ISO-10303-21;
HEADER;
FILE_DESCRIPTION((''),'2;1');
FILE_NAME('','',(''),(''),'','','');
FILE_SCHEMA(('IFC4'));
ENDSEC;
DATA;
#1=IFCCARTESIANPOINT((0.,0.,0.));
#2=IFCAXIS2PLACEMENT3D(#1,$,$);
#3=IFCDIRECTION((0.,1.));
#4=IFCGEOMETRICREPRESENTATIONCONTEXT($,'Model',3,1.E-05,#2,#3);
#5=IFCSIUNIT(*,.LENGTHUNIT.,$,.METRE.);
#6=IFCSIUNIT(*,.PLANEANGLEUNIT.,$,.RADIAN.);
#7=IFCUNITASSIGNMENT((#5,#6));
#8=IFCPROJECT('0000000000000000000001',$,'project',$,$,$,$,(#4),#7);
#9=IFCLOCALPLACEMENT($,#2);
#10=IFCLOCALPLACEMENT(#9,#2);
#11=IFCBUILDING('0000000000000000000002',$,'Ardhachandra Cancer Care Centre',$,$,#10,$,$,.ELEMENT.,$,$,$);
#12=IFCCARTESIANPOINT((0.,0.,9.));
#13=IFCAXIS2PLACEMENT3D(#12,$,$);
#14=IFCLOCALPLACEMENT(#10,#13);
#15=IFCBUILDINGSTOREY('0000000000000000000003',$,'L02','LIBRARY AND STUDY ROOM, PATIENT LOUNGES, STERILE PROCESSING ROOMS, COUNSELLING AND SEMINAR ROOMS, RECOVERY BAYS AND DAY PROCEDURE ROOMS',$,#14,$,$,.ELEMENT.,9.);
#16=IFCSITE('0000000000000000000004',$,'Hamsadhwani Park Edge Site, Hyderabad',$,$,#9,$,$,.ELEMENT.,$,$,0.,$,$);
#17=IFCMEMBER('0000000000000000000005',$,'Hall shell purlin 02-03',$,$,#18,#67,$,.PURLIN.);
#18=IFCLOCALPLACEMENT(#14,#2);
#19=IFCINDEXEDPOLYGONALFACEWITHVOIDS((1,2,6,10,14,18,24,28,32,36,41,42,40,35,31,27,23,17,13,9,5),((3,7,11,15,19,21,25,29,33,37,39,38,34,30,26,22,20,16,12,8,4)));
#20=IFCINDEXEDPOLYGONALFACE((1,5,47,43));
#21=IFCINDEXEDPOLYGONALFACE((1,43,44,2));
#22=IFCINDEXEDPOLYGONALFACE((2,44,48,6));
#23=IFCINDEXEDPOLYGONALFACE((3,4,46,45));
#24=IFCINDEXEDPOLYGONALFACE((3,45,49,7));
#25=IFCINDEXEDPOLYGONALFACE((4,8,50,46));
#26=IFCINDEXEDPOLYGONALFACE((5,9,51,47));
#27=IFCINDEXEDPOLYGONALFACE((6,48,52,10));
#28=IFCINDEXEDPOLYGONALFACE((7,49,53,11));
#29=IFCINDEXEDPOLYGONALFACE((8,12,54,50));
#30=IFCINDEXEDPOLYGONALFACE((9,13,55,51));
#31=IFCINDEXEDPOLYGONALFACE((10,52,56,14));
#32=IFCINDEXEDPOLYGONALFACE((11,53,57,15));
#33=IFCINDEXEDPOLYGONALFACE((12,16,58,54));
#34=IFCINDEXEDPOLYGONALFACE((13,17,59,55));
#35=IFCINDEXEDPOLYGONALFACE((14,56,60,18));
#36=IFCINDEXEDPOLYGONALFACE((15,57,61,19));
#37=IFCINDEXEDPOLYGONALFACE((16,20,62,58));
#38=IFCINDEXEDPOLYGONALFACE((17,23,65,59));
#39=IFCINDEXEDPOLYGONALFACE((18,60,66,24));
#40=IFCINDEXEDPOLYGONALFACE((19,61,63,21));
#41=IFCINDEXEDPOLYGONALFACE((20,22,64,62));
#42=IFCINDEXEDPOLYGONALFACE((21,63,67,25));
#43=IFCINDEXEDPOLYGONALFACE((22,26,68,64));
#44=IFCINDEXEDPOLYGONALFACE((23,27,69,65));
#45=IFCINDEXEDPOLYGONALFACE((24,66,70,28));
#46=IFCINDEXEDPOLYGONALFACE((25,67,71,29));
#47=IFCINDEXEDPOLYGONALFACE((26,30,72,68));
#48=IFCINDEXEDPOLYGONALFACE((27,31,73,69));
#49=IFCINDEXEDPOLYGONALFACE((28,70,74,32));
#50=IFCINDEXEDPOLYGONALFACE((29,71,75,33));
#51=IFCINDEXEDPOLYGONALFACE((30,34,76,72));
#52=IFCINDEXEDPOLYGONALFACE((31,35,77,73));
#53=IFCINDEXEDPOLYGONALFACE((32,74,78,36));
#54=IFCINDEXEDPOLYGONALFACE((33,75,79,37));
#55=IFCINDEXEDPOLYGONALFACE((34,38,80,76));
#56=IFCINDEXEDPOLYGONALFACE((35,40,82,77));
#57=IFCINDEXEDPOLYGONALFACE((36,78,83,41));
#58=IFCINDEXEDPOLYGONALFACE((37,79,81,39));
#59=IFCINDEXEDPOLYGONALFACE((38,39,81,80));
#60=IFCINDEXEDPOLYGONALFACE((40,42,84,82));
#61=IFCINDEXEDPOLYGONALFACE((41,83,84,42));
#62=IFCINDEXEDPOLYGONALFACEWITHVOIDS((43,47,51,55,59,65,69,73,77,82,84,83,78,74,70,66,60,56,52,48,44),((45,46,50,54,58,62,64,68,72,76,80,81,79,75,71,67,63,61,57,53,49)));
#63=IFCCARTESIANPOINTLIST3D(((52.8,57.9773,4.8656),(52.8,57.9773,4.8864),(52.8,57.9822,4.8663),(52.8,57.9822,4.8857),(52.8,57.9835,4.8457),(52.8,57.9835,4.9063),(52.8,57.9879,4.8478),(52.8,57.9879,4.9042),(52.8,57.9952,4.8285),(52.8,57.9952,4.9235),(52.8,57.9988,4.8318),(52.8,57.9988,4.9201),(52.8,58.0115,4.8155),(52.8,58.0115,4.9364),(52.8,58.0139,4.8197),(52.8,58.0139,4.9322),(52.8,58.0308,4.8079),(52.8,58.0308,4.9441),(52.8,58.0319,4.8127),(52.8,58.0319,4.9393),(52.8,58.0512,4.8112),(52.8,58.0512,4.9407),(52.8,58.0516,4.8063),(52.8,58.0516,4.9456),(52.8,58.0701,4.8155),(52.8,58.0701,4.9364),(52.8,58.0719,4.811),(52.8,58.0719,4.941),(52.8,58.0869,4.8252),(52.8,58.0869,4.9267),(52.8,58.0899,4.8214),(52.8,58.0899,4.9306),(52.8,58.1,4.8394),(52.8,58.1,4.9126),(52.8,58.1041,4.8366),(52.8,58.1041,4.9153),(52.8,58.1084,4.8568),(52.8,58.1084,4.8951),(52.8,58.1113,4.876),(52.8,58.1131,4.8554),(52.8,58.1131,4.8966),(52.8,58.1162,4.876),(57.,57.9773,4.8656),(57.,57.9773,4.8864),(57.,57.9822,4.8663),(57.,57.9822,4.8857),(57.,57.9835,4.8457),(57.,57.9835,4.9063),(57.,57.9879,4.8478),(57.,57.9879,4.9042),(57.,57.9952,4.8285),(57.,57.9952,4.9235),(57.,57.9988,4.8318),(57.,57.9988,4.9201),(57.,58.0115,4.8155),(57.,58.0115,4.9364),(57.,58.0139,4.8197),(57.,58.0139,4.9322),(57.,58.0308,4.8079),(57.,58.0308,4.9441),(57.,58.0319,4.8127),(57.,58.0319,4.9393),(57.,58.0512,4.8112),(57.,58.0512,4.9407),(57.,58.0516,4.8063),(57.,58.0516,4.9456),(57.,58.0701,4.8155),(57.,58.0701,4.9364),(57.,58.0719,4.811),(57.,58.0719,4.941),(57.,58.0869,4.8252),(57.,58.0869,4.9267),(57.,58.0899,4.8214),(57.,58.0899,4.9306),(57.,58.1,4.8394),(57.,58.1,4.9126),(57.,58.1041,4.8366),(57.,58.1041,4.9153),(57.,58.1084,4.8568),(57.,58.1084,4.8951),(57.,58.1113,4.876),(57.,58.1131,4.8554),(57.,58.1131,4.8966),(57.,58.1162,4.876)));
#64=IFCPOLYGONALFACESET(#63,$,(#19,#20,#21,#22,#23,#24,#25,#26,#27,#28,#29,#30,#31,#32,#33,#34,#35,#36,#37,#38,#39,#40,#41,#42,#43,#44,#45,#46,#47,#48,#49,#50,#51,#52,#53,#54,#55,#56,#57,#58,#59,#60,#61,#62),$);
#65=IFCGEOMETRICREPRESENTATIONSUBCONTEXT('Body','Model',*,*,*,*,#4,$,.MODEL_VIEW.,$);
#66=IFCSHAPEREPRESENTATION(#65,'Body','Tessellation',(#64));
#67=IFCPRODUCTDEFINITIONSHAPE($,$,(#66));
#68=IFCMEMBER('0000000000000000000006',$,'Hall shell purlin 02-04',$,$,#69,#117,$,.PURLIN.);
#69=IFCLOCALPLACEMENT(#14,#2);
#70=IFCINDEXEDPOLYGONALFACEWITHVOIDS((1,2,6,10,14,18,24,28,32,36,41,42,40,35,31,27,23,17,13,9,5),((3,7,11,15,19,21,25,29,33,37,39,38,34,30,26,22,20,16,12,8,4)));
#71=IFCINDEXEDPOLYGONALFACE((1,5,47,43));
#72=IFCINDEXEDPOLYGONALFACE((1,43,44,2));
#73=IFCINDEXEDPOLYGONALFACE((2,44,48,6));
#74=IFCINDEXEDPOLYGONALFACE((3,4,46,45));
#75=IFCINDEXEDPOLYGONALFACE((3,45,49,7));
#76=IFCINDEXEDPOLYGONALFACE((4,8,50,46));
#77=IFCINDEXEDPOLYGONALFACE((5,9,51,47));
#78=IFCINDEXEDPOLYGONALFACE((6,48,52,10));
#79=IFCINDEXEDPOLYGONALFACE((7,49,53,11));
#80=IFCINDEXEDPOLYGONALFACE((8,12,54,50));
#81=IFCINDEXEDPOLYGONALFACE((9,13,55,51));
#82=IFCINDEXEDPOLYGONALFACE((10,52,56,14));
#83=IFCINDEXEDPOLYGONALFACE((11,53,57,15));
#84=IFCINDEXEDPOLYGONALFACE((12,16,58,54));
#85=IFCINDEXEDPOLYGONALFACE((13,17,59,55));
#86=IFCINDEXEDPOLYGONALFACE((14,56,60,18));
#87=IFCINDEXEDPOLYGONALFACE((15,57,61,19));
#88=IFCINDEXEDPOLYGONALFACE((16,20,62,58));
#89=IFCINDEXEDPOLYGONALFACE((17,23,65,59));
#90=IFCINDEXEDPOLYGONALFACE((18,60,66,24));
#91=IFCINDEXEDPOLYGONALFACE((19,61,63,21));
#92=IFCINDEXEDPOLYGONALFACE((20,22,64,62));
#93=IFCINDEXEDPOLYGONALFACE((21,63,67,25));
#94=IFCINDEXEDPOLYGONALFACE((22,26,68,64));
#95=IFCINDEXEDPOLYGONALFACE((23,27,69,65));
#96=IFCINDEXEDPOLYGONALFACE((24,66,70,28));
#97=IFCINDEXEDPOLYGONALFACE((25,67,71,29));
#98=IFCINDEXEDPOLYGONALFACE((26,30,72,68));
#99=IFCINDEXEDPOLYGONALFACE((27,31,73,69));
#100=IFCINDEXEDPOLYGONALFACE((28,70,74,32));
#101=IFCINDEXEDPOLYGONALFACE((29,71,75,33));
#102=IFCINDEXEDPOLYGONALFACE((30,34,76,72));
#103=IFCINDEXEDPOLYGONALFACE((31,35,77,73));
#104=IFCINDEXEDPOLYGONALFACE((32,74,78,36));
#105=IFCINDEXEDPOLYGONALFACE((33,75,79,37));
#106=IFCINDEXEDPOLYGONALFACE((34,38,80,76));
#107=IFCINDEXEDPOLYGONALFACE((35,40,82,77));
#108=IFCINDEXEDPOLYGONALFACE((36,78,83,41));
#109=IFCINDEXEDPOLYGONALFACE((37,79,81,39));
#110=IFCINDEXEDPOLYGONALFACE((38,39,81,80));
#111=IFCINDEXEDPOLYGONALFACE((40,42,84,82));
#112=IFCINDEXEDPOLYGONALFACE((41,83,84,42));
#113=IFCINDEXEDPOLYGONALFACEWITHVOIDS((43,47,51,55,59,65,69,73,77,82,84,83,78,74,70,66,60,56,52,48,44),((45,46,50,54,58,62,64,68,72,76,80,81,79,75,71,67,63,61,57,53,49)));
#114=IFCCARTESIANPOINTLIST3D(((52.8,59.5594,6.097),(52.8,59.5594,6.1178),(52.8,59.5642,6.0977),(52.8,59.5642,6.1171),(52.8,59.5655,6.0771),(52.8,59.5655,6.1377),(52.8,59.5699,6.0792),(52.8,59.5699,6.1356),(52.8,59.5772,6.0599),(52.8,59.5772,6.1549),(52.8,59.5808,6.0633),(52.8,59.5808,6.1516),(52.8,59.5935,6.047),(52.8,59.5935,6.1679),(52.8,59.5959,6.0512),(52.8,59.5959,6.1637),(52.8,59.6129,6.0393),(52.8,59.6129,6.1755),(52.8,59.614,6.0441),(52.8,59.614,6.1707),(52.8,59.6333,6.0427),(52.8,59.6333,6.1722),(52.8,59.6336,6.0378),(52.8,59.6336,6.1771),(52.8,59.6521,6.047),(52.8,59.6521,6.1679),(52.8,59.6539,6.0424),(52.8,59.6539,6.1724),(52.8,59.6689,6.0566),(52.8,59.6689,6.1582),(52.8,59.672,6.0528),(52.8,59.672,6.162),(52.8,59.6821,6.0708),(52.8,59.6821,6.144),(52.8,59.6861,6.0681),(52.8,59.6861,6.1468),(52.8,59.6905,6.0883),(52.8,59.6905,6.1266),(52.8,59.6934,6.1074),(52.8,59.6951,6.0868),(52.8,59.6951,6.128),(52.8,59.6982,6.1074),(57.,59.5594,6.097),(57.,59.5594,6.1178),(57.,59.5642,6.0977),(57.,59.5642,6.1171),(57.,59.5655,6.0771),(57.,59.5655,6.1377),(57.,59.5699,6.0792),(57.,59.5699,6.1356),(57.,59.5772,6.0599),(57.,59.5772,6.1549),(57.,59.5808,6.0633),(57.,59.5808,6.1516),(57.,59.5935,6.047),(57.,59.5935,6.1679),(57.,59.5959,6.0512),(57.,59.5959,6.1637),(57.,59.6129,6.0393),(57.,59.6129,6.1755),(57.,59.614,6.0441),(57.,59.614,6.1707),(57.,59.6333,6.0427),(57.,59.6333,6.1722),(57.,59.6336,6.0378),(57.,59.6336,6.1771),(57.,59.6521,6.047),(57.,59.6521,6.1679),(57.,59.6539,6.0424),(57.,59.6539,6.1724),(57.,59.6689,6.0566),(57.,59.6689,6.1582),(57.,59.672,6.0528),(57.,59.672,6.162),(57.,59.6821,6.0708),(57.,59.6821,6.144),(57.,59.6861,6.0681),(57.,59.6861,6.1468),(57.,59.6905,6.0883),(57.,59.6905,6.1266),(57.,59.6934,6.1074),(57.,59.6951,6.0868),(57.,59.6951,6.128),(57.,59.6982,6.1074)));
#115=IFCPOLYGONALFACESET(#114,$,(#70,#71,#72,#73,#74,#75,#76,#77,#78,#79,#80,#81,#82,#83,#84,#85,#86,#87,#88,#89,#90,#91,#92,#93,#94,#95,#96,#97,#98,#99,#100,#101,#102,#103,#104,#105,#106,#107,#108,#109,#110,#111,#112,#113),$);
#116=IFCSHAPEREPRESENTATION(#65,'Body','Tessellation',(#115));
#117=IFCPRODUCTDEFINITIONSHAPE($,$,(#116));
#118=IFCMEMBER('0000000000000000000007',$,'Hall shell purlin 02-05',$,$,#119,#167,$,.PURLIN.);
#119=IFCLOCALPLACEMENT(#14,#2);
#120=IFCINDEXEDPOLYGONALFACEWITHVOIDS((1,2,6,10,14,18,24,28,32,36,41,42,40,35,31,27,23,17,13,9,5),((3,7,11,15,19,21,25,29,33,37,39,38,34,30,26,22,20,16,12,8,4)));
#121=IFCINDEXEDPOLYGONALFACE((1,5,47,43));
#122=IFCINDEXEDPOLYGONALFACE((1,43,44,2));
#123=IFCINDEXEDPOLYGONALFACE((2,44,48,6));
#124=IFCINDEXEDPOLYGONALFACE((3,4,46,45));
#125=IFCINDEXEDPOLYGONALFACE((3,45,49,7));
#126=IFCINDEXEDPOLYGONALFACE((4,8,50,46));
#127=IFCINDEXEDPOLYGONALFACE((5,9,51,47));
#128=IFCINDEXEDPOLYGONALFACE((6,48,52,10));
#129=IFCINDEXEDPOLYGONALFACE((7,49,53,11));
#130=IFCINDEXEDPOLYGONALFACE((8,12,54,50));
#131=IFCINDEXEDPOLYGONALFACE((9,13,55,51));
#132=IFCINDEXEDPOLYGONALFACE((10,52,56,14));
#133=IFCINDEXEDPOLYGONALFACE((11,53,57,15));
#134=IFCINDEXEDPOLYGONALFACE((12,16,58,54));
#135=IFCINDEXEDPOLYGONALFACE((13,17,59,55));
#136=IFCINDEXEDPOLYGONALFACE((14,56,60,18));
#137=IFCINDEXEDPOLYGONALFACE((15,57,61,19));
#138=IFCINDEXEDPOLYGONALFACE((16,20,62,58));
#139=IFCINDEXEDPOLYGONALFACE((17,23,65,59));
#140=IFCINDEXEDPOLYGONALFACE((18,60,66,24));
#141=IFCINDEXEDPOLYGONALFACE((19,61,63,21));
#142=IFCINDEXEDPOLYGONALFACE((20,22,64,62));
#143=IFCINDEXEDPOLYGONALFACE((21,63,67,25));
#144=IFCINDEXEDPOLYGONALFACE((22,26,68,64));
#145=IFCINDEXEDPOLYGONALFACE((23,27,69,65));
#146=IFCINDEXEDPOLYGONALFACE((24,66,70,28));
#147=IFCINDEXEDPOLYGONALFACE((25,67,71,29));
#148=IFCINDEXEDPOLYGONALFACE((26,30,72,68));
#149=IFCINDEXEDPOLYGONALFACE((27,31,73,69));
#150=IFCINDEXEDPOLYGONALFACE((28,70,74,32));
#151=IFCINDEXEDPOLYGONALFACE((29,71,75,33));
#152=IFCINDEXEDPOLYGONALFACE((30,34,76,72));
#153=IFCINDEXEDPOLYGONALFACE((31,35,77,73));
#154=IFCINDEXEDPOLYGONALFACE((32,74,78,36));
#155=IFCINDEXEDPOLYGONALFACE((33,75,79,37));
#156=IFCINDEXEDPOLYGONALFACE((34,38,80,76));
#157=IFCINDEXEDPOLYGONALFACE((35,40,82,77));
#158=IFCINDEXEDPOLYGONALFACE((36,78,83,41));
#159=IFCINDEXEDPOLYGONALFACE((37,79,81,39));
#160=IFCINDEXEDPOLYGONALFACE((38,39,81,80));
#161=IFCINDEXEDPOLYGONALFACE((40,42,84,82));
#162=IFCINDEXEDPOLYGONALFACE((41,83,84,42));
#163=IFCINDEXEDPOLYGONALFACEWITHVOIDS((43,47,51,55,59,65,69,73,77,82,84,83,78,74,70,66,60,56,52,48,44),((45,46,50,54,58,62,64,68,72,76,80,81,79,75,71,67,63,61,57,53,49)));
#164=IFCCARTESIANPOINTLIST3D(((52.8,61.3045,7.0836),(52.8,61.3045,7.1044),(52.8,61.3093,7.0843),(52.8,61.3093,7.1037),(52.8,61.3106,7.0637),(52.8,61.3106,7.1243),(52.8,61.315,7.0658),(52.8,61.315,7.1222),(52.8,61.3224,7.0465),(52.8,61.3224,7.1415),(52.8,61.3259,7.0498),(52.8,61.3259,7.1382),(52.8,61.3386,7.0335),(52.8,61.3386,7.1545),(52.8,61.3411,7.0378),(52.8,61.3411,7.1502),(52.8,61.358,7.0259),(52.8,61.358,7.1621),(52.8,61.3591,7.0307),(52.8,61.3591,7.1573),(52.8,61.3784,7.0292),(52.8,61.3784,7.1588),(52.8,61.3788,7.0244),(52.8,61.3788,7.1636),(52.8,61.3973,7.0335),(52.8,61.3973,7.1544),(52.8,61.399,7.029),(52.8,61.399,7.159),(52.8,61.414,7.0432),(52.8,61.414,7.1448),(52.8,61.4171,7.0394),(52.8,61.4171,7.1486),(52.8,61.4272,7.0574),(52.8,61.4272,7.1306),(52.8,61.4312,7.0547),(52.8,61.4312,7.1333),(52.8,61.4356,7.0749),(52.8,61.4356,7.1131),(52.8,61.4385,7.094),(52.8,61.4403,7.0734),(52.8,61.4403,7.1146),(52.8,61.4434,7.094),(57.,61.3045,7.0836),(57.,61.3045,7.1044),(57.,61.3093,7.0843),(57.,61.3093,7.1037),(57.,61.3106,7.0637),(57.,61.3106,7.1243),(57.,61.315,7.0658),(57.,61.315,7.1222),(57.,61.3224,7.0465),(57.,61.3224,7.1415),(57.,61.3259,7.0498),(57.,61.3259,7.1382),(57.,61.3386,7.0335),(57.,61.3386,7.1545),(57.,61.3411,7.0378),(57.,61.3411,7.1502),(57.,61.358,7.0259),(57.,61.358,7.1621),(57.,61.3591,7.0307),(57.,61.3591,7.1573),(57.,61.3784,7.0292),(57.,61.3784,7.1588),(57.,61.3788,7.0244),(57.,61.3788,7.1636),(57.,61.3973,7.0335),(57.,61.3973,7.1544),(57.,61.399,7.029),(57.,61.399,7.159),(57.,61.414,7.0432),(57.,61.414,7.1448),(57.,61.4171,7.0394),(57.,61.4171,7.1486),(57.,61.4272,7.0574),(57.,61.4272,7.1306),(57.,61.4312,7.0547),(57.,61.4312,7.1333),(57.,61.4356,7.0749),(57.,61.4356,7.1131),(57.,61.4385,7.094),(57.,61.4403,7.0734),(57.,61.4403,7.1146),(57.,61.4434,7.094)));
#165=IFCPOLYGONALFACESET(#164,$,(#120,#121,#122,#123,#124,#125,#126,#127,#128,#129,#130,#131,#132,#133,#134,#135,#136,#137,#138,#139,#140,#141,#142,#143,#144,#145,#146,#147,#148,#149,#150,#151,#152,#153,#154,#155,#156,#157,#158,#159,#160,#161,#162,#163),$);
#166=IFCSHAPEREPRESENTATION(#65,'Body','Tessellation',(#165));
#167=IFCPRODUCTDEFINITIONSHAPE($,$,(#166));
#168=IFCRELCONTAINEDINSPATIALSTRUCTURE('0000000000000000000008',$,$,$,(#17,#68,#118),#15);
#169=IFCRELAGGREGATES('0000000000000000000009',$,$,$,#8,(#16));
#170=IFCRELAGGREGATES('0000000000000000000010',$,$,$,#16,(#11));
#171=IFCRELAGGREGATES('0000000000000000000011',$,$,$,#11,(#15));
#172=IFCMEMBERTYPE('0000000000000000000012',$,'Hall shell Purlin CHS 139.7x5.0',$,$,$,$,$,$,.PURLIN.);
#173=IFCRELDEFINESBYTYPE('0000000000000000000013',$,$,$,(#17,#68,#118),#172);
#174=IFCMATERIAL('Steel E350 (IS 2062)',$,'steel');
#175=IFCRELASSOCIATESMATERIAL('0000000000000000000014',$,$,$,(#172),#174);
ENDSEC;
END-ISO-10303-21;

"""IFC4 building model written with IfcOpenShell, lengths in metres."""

from ifc_helpers import new_model, si_unit, direction, frame, origin, origin_2d, place, context, subcontext, project, spatial, hollow_circle, extrude, material, material_profile, profile_set, type_object, element, save


model = new_model("IFC4")

# Units and contexts
model_context = context("Model", 3, precision=1e-05, world=origin(), true_north=direction((0.0, 1.0)))
body_context = subcontext(model_context, "Body", "Model", "MODEL_VIEW")
ifc_project = project(units=[si_unit("LENGTHUNIT", "METRE"), si_unit("PLANEANGLEUNIT", "RADIAN")], contexts=[model_context])

# Site, building, storey
site_placement = place(None, origin())
site = spatial("IfcSite", under=ifc_project, at=site_placement, Name="Hamsadhwani Park Edge Site, Hyderabad", CompositionType="ELEMENT", RefElevation=0.0)
building_placement = place(site_placement, origin())
building = spatial("IfcBuilding", under=site, at=building_placement, Name="Ardhachandra Cancer Care Centre", CompositionType="ELEMENT")
storey_placement = place(building_placement, frame((0.0, 0.0, 9.0)))
storey = spatial("IfcBuildingStorey", under=building, at=storey_placement, Name="L02", Description="LIBRARY AND STUDY ROOM, PATIENT LOUNGES, STERILE PROCESSING ROOMS, COUNSELLING AND SEMINAR ROOMS, RECOVERY BAYS AND DAY PROCEDURE ROOMS", CompositionType="ELEMENT", Elevation=9.0)

# Members
ifc_material_1 = material(Name="Steel E350 (IS 2062)", Category="steel")
ifc_material_profile_1 = material_profile(ifc_material_1, hollow_circle(Radius=0.0698, WallThickness=0.0049, at=origin_2d()), Name="CHS 139.7x5.0")
ifc_profile_set_1 = profile_set([ifc_material_profile_1], Name="Steel E350 (IS 2062)")
member_type_1 = type_object("IfcMemberType", Name="Hall shell Purlin CHS 139.7x5.0", PredefinedType="PURLIN", material=ifc_profile_set_1)
for number, where, z_axis, x_axis, name in (
    (1, (52.8, 58.0464, 4.876), (1.0, 0.0, 0.0), (0.0, 1.0, 0.0), "Hall shell purlin 02-03"),
    (2, (52.8, 59.6284, 6.1074), (1.0, 0.0, 0.0), (0.0, 1.0, 0.0), "Hall shell purlin 02-04"),
    (3, (52.8, 61.3735, 7.094), (1.0, 0.0, 0.0), (0.0, 1.0, 0.0), "Hall shell purlin 02-05"),
):
    element("IfcMember", number, at=place(storey_placement, frame(where, z_axis=z_axis, x_axis=x_axis)), inside=storey, type_object=member_type_1, Name=name, PredefinedType="PURLIN", context=body_context, shape_type="SweptSolid", body=[
        extrude(hollow_circle(Radius=0.0698, WallThickness=0.0049, at=origin_2d()), origin(), (0.0, 0.0, 1.0), 4.2),
    ])

save(model, "model.ifc")
